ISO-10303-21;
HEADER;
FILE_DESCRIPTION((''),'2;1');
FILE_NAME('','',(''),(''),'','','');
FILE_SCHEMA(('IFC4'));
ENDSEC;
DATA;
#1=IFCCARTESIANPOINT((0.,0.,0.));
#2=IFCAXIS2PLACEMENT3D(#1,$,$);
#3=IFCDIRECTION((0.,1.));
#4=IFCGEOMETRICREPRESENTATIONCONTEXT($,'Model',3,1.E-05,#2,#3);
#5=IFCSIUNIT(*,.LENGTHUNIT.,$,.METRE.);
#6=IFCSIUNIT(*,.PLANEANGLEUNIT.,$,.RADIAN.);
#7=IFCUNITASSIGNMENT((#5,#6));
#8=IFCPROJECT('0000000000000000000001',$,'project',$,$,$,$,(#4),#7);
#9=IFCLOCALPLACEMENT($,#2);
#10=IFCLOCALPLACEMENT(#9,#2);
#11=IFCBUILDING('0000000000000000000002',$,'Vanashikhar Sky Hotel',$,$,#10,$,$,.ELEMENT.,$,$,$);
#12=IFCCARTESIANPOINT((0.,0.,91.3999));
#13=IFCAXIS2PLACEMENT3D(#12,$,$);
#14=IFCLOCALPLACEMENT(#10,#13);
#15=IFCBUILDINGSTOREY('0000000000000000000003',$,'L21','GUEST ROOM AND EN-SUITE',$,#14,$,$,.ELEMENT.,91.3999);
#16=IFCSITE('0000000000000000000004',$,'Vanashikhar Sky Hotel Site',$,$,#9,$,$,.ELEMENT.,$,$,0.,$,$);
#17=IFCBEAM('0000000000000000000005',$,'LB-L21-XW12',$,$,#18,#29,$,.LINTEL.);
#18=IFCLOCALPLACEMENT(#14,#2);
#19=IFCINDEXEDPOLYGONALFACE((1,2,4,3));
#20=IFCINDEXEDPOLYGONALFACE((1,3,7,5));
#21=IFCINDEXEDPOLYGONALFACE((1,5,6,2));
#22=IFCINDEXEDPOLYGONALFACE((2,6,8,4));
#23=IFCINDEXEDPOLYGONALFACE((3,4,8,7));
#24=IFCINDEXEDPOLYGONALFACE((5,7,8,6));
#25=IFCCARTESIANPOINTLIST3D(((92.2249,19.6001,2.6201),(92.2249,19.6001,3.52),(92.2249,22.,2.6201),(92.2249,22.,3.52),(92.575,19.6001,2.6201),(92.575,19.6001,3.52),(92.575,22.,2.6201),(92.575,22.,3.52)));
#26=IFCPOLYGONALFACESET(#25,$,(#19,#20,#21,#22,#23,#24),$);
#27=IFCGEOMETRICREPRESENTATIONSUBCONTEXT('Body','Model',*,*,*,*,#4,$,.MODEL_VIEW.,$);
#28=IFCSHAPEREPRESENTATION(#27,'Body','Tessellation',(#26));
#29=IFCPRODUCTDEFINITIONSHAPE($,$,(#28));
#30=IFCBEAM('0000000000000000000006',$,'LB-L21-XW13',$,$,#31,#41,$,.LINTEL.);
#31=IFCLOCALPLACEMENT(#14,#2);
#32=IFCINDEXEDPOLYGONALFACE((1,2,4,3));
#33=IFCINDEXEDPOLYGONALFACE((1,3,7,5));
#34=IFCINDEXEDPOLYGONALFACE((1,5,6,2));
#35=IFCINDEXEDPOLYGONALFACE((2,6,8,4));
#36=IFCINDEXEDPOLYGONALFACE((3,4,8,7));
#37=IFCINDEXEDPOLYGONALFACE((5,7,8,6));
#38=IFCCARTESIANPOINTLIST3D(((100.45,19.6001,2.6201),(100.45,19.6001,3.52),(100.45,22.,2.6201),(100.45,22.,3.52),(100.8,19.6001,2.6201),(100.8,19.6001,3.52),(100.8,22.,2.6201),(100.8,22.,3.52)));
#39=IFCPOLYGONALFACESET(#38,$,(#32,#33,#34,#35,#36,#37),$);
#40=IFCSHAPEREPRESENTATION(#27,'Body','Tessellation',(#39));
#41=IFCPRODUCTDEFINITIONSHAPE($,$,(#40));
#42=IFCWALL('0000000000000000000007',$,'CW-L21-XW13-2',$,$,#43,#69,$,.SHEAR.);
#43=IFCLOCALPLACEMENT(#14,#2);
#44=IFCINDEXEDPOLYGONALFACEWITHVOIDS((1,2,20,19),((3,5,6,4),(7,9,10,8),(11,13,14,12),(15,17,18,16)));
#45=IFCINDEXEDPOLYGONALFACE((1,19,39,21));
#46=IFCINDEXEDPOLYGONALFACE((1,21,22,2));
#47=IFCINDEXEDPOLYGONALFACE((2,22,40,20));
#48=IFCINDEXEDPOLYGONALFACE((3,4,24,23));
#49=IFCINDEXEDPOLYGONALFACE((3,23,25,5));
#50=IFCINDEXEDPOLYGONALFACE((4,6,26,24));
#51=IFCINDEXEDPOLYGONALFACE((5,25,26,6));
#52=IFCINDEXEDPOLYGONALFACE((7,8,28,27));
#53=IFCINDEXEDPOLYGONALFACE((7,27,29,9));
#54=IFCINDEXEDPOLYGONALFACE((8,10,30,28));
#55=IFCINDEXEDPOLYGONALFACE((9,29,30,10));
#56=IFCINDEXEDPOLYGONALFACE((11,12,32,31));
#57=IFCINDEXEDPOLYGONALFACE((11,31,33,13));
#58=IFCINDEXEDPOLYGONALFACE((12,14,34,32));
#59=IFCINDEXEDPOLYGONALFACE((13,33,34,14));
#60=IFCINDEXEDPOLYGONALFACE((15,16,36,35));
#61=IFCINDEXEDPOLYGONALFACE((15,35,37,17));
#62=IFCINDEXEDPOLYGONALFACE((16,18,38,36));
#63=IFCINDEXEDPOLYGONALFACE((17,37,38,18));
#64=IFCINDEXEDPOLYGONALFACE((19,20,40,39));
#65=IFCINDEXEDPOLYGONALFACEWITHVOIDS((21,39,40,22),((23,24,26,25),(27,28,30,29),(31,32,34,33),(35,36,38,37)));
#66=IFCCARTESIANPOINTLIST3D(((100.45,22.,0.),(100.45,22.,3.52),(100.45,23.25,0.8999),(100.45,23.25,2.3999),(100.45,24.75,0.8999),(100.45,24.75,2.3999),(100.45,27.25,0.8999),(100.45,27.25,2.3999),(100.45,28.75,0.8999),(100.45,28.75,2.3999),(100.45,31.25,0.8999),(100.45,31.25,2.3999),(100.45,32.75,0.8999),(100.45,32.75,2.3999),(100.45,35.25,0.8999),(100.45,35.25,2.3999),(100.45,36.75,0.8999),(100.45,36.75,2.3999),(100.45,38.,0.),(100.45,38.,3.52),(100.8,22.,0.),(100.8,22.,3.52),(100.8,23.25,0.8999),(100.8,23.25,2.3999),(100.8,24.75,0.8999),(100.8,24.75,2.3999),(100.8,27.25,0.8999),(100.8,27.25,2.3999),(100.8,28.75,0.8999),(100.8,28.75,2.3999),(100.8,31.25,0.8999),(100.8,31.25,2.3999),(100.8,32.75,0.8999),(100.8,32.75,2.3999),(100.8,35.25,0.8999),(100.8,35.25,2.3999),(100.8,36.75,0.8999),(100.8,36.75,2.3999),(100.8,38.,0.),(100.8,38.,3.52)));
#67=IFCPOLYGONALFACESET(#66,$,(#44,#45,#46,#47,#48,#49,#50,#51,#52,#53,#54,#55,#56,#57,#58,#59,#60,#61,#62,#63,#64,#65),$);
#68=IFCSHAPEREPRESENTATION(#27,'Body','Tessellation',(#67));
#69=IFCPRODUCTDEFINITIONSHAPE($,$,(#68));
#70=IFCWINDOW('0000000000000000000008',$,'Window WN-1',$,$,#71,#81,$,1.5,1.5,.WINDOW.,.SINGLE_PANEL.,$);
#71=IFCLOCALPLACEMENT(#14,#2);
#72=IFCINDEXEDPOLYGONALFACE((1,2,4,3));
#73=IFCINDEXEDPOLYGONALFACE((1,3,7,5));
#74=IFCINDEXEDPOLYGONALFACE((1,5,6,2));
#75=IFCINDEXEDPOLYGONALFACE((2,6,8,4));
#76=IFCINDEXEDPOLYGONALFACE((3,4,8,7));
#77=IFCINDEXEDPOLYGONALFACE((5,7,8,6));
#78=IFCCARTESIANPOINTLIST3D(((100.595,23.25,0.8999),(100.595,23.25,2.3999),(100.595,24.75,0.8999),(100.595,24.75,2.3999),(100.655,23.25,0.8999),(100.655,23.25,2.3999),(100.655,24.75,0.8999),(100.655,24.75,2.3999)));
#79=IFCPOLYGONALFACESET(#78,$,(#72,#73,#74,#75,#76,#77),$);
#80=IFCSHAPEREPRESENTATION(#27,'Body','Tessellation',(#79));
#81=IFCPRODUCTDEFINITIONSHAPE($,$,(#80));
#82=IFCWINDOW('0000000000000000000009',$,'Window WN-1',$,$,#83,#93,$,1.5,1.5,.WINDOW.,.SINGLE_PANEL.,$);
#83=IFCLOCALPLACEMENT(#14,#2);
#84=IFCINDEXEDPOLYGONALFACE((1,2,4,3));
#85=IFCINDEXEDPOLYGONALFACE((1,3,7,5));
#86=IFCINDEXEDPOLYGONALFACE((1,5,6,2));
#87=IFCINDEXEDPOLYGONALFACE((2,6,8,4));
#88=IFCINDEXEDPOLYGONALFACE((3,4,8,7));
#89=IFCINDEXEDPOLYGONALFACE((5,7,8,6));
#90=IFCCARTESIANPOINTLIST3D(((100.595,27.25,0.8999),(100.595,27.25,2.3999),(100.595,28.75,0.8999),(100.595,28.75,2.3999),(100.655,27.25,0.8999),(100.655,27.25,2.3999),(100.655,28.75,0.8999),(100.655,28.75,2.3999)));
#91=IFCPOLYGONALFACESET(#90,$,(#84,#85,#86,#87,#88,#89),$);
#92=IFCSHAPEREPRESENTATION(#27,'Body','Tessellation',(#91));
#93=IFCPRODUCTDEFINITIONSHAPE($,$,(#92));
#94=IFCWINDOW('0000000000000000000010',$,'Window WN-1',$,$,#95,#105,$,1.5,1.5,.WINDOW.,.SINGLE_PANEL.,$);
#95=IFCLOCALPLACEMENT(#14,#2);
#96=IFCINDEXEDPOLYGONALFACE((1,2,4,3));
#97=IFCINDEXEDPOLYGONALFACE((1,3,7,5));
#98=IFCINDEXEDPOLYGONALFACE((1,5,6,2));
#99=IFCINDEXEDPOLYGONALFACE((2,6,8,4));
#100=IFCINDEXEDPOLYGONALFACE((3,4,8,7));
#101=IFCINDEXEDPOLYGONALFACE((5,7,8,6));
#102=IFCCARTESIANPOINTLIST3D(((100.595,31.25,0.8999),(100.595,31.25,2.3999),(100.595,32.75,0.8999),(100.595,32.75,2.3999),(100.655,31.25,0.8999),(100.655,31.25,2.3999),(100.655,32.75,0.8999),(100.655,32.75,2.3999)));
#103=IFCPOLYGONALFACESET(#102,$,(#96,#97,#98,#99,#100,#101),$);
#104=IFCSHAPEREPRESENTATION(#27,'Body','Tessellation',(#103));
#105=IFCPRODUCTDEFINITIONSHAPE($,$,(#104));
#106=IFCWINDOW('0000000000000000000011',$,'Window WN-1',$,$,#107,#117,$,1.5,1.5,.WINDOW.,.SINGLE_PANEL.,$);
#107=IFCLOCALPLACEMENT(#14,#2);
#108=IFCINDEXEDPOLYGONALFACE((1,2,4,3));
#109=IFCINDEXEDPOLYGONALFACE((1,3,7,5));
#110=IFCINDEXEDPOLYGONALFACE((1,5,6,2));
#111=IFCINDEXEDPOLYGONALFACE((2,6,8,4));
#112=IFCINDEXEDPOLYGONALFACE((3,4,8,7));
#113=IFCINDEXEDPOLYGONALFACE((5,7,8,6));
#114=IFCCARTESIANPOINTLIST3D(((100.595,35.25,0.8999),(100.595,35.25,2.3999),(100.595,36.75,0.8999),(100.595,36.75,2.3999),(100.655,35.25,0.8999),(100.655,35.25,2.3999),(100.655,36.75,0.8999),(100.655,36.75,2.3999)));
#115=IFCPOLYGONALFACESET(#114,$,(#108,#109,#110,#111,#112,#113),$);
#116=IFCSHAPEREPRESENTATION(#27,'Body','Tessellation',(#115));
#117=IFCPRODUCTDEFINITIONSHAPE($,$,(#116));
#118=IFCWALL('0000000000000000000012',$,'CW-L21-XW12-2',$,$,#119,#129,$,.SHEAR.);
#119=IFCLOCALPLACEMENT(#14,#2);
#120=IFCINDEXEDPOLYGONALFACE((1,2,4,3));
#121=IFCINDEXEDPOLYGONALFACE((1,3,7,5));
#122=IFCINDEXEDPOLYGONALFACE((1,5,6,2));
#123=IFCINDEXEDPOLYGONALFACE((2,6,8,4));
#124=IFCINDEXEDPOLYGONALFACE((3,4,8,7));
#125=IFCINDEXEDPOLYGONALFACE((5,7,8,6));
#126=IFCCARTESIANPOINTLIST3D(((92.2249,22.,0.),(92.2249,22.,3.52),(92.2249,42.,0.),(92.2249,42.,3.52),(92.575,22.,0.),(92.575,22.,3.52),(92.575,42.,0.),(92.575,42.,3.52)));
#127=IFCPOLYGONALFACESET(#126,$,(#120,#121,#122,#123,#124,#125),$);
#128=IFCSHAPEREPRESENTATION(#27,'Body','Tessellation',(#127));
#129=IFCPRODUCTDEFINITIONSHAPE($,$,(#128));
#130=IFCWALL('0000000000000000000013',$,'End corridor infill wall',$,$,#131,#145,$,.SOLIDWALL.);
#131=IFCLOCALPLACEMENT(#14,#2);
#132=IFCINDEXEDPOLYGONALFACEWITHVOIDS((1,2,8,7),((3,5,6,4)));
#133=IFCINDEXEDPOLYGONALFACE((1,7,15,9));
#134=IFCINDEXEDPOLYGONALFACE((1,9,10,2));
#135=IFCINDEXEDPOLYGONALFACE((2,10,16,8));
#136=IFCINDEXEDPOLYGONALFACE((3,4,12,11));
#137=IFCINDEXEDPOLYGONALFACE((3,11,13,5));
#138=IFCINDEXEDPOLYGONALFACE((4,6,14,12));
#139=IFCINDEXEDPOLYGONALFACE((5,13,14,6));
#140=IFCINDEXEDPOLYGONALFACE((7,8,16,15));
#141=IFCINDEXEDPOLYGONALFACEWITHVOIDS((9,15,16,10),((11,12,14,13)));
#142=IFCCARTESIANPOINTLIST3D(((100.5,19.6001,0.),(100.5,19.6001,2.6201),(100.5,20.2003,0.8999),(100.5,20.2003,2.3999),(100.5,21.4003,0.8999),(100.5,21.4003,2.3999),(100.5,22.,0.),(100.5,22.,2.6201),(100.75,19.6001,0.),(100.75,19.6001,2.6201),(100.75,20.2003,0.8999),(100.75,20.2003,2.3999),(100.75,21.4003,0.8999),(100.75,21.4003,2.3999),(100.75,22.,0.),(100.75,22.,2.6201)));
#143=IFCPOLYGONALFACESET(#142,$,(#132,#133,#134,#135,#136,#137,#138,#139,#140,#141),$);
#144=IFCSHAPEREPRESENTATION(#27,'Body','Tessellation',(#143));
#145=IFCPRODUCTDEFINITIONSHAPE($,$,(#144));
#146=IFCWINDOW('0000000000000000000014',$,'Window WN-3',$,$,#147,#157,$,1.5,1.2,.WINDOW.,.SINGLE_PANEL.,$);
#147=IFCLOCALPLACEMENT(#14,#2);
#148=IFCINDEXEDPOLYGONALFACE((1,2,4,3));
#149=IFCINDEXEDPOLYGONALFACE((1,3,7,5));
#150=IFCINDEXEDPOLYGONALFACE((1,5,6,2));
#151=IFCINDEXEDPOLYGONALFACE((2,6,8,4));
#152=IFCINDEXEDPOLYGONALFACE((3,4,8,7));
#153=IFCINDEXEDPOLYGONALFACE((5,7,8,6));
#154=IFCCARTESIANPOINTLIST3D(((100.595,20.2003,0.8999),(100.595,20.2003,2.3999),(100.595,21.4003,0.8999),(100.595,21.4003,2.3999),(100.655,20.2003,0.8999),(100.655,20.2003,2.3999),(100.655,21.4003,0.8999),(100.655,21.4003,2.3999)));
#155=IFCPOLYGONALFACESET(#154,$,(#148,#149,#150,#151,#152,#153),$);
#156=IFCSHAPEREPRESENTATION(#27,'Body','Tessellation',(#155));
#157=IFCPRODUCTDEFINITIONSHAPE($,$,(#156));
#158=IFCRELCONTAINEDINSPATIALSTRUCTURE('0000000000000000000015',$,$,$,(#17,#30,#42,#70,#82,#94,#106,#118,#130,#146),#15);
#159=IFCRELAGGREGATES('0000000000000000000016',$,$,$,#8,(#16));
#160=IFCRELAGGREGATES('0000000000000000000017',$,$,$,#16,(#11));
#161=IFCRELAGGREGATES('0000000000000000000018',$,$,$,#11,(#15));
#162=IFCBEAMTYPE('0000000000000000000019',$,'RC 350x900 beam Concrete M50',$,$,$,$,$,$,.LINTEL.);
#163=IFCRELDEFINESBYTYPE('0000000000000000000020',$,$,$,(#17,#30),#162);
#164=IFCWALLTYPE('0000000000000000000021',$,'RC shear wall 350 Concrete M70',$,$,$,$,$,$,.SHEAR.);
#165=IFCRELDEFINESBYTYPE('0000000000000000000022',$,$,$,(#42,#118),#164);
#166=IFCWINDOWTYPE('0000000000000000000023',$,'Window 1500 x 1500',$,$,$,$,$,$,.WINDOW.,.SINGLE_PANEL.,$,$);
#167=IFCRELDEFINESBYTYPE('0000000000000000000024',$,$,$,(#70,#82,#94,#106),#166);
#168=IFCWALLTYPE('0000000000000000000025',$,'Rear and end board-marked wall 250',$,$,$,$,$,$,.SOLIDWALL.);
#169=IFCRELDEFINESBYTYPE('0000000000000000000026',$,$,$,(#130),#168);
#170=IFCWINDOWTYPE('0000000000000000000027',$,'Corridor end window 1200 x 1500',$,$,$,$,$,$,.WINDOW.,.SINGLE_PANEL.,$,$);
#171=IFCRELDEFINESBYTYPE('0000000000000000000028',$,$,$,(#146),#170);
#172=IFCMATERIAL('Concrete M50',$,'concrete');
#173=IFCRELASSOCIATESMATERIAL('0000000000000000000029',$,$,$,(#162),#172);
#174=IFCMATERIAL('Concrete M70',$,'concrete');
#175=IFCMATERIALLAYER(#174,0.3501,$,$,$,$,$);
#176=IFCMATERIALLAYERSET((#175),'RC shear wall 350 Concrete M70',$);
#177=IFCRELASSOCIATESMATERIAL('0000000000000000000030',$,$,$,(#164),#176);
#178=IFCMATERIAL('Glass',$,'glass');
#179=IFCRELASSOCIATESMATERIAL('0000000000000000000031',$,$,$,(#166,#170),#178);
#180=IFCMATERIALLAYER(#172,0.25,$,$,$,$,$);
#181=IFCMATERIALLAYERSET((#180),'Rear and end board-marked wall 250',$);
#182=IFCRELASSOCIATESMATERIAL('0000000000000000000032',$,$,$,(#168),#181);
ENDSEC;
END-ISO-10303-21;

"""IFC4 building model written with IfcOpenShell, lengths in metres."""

from ifc_helpers import new_model, si_unit, direction, frame, frame_2d, origin, origin_2d, place, context, subcontext, project, spatial, rectangle, extrude, source, transform, mapped, material, layer, layer_set, material_profile, profile_set, type_object, element, fill, save


model = new_model("IFC4")

# Units and contexts
model_context = context("Model", 3, precision=1e-05, world=origin(), true_north=direction((0.0, 1.0)))
body_context = subcontext(model_context, "Body", "Model", "MODEL_VIEW")
ifc_project = project(units=[si_unit("LENGTHUNIT", "METRE"), si_unit("PLANEANGLEUNIT", "RADIAN")], contexts=[model_context])

# Site, building, storey
site_placement = place(None, origin())
site = spatial("IfcSite", under=ifc_project, at=site_placement, Name="Vanashikhar Sky Hotel Site", CompositionType="ELEMENT", RefElevation=0.0)
building_placement = place(site_placement, origin())
building = spatial("IfcBuilding", under=site, at=building_placement, Name="Vanashikhar Sky Hotel", CompositionType="ELEMENT")
storey_placement = place(building_placement, frame((0.0, 0.0, 91.3999)))
storey = spatial("IfcBuildingStorey", under=building, at=storey_placement, Name="L21", Description="GUEST ROOM AND EN-SUITE", CompositionType="ELEMENT", Elevation=91.3999)

# Beams
ifc_material_1 = material(Name="Concrete M50", Category="concrete")
ifc_material_profile = material_profile(ifc_material_1, rectangle(XDim=0.3501, YDim=0.8999, at=origin_2d()))
ifc_profile_set = profile_set([ifc_material_profile], Name="RC 350x900 beam Concrete M50")
beam_type = type_object("IfcBeamType", Name="RC 350x900 beam Concrete M50", PredefinedType="LINTEL", material=ifc_profile_set)
shared_shape_1 = source(origin(), body_context, "Body", "SweptSolid", [
    extrude(rectangle(XDim=0.3501, YDim=0.8999, at=origin_2d()), origin(), (0.0, 0.0, 1.0), 2.3999),
])
for number, where, z_axis, x_axis, name in (
    (1, (92.3999, 19.6001, 3.0701), (0.0, 1.0, 0.0), (-1.0, 0.0, 0.0), "LB-L21-XW12"),
    (2, (100.625, 19.6001, 3.0701), (0.0, 1.0, 0.0), (-1.0, 0.0, 0.0), "LB-L21-XW13"),
):
    element("IfcBeam", number, at=place(storey_placement, frame(where, z_axis=z_axis, x_axis=x_axis)), inside=storey, type_object=beam_type, Name=name, PredefinedType="LINTEL", context=body_context, shape_type="MappedRepresentation", body=[
        mapped(shared_shape_1, transform((0.0, 0.0, 0.0), scale=1.0)),
    ])

# Wall, openings, windows
ifc_material_2 = material(Name="Concrete M70", Category="concrete")
ifc_layer_1 = layer(ifc_material_2, 0.3501)
ifc_layer_set_1 = layer_set([ifc_layer_1], Name="RC shear wall 350 Concrete M70")
wall_type_1 = type_object("IfcWallType", Name="RC shear wall 350 Concrete M70", PredefinedType="SHEAR", material=ifc_layer_set_1)
shared_shape_2 = source(origin(), body_context, "Body", "SweptSolid", [
    extrude(rectangle(XDim=16.0, YDim=0.3501, at=frame_2d((8.0, 0.0))), origin(), (0.0, 0.0, 1.0), 3.52),
])
wall_1_placement = place(storey_placement, frame((100.625, 22.0, 0.0), z_axis=(0.0, 0.0, 1.0), x_axis=(0.0, 1.0, 0.0)))
wall_1 = element("IfcWall", 3, at=wall_1_placement, inside=storey, type_object=wall_type_1, Name="CW-L21-XW13-2", PredefinedType="SHEAR", context=body_context, shape_type="MappedRepresentation", body=[
    mapped(shared_shape_2, transform((0.0, 0.0, 0.0), scale=1.0)),
])
shared_shape_3 = source(origin(), body_context, "Body", "SweptSolid", [
    extrude(rectangle(XDim=1.5, YDim=1.5, at=frame_2d((0.75, 0.75))), frame((0.0, 0.1851, 0.0), z_axis=(0.0, -1.0, 0.0), x_axis=(1.0, 0.0, 0.0)), (0.0, 0.0, 1.0), 0.3701),
])
opening_1_placement = place(wall_1_placement, frame((1.25, 0.0, 0.8999)))
opening_1 = element("IfcOpeningElement", 4, at=opening_1_placement, cuts=wall_1, PredefinedType="OPENING", context=body_context, shape_type="MappedRepresentation", body=[
    mapped(shared_shape_3, transform((0.0, 0.0, 0.0), scale=1.0)),
])
opening_2_placement = place(wall_1_placement, frame((5.25, 0.0, 0.8999)))
opening_2 = element("IfcOpeningElement", 5, at=opening_2_placement, cuts=wall_1, PredefinedType="OPENING", context=body_context, shape_type="MappedRepresentation", body=[
    mapped(shared_shape_3, transform((0.0, 0.0, 0.0), scale=1.0)),
])
opening_3_placement = place(wall_1_placement, frame((9.25, 0.0, 0.8999)))
opening_3 = element("IfcOpeningElement", 6, at=opening_3_placement, cuts=wall_1, PredefinedType="OPENING", context=body_context, shape_type="MappedRepresentation", body=[
    mapped(shared_shape_3, transform((0.0, 0.0, 0.0), scale=1.0)),
])
opening_4_placement = place(wall_1_placement, frame((13.25, 0.0, 0.8999)))
opening_4 = element("IfcOpeningElement", 7, at=opening_4_placement, cuts=wall_1, PredefinedType="OPENING", context=body_context, shape_type="MappedRepresentation", body=[
    mapped(shared_shape_3, transform((0.0, 0.0, 0.0), scale=1.0)),
])
ifc_material_3 = material(Name="Glass", Category="glass")
window_type_1 = type_object("IfcWindowType", Name="Window 1500 x 1500", PartitioningType="SINGLE_PANEL", PredefinedType="WINDOW", material=ifc_material_3)
shared_shape_4 = source(origin(), body_context, "Body", "SweptSolid", [
    extrude(rectangle(XDim=1.5, YDim=1.5, at=frame_2d((0.75, 0.75))), frame((0.0, 0.03, 0.0), z_axis=(0.0, -1.0, 0.0), x_axis=(1.0, 0.0, 0.0)), (0.0, 0.0, 1.0), 0.0601),
])
window_1_placement = place(opening_1_placement, origin())
window_1 = element("IfcWindow", 8, at=window_1_placement, inside=storey, type_object=window_type_1, Name="Window WN-1", OverallHeight=1.5, OverallWidth=1.5, PartitioningType="SINGLE_PANEL", PredefinedType="WINDOW", context=body_context, shape_type="MappedRepresentation", body=[
    mapped(shared_shape_4, transform((0.0, 0.0, 0.0), scale=1.0)),
])
fill(opening_1, window_1)
window_2_placement = place(opening_2_placement, origin())
window_2 = element("IfcWindow", 9, at=window_2_placement, inside=storey, type_object=window_type_1, Name="Window WN-1", OverallHeight=1.5, OverallWidth=1.5, PartitioningType="SINGLE_PANEL", PredefinedType="WINDOW", context=body_context, shape_type="MappedRepresentation", body=[
    mapped(shared_shape_4, transform((0.0, 0.0, 0.0), scale=1.0)),
])
fill(opening_2, window_2)
window_3_placement = place(opening_3_placement, origin())
window_3 = element("IfcWindow", 10, at=window_3_placement, inside=storey, type_object=window_type_1, Name="Window WN-1", OverallHeight=1.5, OverallWidth=1.5, PartitioningType="SINGLE_PANEL", PredefinedType="WINDOW", context=body_context, shape_type="MappedRepresentation", body=[
    mapped(shared_shape_4, transform((0.0, 0.0, 0.0), scale=1.0)),
])
fill(opening_3, window_3)
window_4_placement = place(opening_4_placement, origin())
window_4 = element("IfcWindow", 11, at=window_4_placement, inside=storey, type_object=window_type_1, Name="Window WN-1", OverallHeight=1.5, OverallWidth=1.5, PartitioningType="SINGLE_PANEL", PredefinedType="WINDOW", context=body_context, shape_type="MappedRepresentation", body=[
    mapped(shared_shape_4, transform((0.0, 0.0, 0.0), scale=1.0)),
])
fill(opening_4, window_4)

# Wall
shared_shape_5 = source(origin(), body_context, "Body", "SweptSolid", [
    extrude(rectangle(XDim=20.0, YDim=0.3501, at=frame_2d((10.0, 0.0))), origin(), (0.0, 0.0, 1.0), 3.52),
])
wall_2_placement = place(storey_placement, frame((92.3999, 22.0, 0.0), z_axis=(0.0, 0.0, 1.0), x_axis=(0.0, 1.0, 0.0)))
element("IfcWall", 12, at=wall_2_placement, inside=storey, type_object=wall_type_1, Name="CW-L21-XW12-2", PredefinedType="SHEAR", context=body_context, shape_type="MappedRepresentation", body=[
    mapped(shared_shape_5, transform((0.0, 0.0, 0.0), scale=1.0)),
])

# Wall, opening, window
ifc_layer_2 = layer(ifc_material_1, 0.25)
ifc_layer_set_2 = layer_set([ifc_layer_2], Name="Rear and end board-marked wall 250")
wall_type_2 = type_object("IfcWallType", Name="Rear and end board-marked wall 250", PredefinedType="SOLIDWALL", material=ifc_layer_set_2)
shared_shape_6 = source(origin(), body_context, "Body", "SweptSolid", [
    extrude(rectangle(XDim=2.3999, YDim=0.25, at=frame_2d((1.2, 0.0))), origin(), (0.0, 0.0, 1.0), 2.6201),
])
wall_3_placement = place(storey_placement, frame((100.625, 19.6001, 0.0), z_axis=(0.0, 0.0, 1.0), x_axis=(0.0, 1.0, 0.0)))
wall_3 = element("IfcWall", 13, at=wall_3_placement, inside=storey, type_object=wall_type_2, Name="End corridor infill wall", PredefinedType="SOLIDWALL", context=body_context, shape_type="MappedRepresentation", body=[
    mapped(shared_shape_6, transform((0.0, 0.0, 0.0), scale=1.0)),
])
shared_shape_7 = source(origin(), body_context, "Body", "SweptSolid", [
    extrude(rectangle(XDim=1.2, YDim=1.5, at=frame_2d((0.6001, 0.75))), frame((0.0, 0.135, 0.0), z_axis=(0.0, -1.0, 0.0), x_axis=(1.0, 0.0, 0.0)), (0.0, 0.0, 1.0), 0.27),
])
opening_5_placement = place(wall_3_placement, frame((0.6001, 0.0, 0.8999)))
opening_5 = element("IfcOpeningElement", 14, at=opening_5_placement, cuts=wall_3, PredefinedType="OPENING", context=body_context, shape_type="MappedRepresentation", body=[
    mapped(shared_shape_7, transform((0.0, 0.0, 0.0), scale=1.0)),
])
window_type_2 = type_object("IfcWindowType", Name="Corridor end window 1200 x 1500", PartitioningType="SINGLE_PANEL", PredefinedType="WINDOW", material=ifc_material_3)
shared_shape_8 = source(origin(), body_context, "Body", "SweptSolid", [
    extrude(rectangle(XDim=1.2, YDim=1.5, at=frame_2d((0.6001, 0.75))), frame((0.0, 0.03, 0.0), z_axis=(0.0, -1.0, 0.0), x_axis=(1.0, 0.0, 0.0)), (0.0, 0.0, 1.0), 0.0601),
])
window_5_placement = place(opening_5_placement, origin())
window_5 = element("IfcWindow", 15, at=window_5_placement, inside=storey, type_object=window_type_2, Name="Window WN-3", OverallHeight=1.5, OverallWidth=1.2, PartitioningType="SINGLE_PANEL", PredefinedType="WINDOW", context=body_context, shape_type="MappedRepresentation", body=[
    mapped(shared_shape_8, transform((0.0, 0.0, 0.0), scale=1.0)),
])
fill(opening_5, window_5)

save(model, "model.ifc")
